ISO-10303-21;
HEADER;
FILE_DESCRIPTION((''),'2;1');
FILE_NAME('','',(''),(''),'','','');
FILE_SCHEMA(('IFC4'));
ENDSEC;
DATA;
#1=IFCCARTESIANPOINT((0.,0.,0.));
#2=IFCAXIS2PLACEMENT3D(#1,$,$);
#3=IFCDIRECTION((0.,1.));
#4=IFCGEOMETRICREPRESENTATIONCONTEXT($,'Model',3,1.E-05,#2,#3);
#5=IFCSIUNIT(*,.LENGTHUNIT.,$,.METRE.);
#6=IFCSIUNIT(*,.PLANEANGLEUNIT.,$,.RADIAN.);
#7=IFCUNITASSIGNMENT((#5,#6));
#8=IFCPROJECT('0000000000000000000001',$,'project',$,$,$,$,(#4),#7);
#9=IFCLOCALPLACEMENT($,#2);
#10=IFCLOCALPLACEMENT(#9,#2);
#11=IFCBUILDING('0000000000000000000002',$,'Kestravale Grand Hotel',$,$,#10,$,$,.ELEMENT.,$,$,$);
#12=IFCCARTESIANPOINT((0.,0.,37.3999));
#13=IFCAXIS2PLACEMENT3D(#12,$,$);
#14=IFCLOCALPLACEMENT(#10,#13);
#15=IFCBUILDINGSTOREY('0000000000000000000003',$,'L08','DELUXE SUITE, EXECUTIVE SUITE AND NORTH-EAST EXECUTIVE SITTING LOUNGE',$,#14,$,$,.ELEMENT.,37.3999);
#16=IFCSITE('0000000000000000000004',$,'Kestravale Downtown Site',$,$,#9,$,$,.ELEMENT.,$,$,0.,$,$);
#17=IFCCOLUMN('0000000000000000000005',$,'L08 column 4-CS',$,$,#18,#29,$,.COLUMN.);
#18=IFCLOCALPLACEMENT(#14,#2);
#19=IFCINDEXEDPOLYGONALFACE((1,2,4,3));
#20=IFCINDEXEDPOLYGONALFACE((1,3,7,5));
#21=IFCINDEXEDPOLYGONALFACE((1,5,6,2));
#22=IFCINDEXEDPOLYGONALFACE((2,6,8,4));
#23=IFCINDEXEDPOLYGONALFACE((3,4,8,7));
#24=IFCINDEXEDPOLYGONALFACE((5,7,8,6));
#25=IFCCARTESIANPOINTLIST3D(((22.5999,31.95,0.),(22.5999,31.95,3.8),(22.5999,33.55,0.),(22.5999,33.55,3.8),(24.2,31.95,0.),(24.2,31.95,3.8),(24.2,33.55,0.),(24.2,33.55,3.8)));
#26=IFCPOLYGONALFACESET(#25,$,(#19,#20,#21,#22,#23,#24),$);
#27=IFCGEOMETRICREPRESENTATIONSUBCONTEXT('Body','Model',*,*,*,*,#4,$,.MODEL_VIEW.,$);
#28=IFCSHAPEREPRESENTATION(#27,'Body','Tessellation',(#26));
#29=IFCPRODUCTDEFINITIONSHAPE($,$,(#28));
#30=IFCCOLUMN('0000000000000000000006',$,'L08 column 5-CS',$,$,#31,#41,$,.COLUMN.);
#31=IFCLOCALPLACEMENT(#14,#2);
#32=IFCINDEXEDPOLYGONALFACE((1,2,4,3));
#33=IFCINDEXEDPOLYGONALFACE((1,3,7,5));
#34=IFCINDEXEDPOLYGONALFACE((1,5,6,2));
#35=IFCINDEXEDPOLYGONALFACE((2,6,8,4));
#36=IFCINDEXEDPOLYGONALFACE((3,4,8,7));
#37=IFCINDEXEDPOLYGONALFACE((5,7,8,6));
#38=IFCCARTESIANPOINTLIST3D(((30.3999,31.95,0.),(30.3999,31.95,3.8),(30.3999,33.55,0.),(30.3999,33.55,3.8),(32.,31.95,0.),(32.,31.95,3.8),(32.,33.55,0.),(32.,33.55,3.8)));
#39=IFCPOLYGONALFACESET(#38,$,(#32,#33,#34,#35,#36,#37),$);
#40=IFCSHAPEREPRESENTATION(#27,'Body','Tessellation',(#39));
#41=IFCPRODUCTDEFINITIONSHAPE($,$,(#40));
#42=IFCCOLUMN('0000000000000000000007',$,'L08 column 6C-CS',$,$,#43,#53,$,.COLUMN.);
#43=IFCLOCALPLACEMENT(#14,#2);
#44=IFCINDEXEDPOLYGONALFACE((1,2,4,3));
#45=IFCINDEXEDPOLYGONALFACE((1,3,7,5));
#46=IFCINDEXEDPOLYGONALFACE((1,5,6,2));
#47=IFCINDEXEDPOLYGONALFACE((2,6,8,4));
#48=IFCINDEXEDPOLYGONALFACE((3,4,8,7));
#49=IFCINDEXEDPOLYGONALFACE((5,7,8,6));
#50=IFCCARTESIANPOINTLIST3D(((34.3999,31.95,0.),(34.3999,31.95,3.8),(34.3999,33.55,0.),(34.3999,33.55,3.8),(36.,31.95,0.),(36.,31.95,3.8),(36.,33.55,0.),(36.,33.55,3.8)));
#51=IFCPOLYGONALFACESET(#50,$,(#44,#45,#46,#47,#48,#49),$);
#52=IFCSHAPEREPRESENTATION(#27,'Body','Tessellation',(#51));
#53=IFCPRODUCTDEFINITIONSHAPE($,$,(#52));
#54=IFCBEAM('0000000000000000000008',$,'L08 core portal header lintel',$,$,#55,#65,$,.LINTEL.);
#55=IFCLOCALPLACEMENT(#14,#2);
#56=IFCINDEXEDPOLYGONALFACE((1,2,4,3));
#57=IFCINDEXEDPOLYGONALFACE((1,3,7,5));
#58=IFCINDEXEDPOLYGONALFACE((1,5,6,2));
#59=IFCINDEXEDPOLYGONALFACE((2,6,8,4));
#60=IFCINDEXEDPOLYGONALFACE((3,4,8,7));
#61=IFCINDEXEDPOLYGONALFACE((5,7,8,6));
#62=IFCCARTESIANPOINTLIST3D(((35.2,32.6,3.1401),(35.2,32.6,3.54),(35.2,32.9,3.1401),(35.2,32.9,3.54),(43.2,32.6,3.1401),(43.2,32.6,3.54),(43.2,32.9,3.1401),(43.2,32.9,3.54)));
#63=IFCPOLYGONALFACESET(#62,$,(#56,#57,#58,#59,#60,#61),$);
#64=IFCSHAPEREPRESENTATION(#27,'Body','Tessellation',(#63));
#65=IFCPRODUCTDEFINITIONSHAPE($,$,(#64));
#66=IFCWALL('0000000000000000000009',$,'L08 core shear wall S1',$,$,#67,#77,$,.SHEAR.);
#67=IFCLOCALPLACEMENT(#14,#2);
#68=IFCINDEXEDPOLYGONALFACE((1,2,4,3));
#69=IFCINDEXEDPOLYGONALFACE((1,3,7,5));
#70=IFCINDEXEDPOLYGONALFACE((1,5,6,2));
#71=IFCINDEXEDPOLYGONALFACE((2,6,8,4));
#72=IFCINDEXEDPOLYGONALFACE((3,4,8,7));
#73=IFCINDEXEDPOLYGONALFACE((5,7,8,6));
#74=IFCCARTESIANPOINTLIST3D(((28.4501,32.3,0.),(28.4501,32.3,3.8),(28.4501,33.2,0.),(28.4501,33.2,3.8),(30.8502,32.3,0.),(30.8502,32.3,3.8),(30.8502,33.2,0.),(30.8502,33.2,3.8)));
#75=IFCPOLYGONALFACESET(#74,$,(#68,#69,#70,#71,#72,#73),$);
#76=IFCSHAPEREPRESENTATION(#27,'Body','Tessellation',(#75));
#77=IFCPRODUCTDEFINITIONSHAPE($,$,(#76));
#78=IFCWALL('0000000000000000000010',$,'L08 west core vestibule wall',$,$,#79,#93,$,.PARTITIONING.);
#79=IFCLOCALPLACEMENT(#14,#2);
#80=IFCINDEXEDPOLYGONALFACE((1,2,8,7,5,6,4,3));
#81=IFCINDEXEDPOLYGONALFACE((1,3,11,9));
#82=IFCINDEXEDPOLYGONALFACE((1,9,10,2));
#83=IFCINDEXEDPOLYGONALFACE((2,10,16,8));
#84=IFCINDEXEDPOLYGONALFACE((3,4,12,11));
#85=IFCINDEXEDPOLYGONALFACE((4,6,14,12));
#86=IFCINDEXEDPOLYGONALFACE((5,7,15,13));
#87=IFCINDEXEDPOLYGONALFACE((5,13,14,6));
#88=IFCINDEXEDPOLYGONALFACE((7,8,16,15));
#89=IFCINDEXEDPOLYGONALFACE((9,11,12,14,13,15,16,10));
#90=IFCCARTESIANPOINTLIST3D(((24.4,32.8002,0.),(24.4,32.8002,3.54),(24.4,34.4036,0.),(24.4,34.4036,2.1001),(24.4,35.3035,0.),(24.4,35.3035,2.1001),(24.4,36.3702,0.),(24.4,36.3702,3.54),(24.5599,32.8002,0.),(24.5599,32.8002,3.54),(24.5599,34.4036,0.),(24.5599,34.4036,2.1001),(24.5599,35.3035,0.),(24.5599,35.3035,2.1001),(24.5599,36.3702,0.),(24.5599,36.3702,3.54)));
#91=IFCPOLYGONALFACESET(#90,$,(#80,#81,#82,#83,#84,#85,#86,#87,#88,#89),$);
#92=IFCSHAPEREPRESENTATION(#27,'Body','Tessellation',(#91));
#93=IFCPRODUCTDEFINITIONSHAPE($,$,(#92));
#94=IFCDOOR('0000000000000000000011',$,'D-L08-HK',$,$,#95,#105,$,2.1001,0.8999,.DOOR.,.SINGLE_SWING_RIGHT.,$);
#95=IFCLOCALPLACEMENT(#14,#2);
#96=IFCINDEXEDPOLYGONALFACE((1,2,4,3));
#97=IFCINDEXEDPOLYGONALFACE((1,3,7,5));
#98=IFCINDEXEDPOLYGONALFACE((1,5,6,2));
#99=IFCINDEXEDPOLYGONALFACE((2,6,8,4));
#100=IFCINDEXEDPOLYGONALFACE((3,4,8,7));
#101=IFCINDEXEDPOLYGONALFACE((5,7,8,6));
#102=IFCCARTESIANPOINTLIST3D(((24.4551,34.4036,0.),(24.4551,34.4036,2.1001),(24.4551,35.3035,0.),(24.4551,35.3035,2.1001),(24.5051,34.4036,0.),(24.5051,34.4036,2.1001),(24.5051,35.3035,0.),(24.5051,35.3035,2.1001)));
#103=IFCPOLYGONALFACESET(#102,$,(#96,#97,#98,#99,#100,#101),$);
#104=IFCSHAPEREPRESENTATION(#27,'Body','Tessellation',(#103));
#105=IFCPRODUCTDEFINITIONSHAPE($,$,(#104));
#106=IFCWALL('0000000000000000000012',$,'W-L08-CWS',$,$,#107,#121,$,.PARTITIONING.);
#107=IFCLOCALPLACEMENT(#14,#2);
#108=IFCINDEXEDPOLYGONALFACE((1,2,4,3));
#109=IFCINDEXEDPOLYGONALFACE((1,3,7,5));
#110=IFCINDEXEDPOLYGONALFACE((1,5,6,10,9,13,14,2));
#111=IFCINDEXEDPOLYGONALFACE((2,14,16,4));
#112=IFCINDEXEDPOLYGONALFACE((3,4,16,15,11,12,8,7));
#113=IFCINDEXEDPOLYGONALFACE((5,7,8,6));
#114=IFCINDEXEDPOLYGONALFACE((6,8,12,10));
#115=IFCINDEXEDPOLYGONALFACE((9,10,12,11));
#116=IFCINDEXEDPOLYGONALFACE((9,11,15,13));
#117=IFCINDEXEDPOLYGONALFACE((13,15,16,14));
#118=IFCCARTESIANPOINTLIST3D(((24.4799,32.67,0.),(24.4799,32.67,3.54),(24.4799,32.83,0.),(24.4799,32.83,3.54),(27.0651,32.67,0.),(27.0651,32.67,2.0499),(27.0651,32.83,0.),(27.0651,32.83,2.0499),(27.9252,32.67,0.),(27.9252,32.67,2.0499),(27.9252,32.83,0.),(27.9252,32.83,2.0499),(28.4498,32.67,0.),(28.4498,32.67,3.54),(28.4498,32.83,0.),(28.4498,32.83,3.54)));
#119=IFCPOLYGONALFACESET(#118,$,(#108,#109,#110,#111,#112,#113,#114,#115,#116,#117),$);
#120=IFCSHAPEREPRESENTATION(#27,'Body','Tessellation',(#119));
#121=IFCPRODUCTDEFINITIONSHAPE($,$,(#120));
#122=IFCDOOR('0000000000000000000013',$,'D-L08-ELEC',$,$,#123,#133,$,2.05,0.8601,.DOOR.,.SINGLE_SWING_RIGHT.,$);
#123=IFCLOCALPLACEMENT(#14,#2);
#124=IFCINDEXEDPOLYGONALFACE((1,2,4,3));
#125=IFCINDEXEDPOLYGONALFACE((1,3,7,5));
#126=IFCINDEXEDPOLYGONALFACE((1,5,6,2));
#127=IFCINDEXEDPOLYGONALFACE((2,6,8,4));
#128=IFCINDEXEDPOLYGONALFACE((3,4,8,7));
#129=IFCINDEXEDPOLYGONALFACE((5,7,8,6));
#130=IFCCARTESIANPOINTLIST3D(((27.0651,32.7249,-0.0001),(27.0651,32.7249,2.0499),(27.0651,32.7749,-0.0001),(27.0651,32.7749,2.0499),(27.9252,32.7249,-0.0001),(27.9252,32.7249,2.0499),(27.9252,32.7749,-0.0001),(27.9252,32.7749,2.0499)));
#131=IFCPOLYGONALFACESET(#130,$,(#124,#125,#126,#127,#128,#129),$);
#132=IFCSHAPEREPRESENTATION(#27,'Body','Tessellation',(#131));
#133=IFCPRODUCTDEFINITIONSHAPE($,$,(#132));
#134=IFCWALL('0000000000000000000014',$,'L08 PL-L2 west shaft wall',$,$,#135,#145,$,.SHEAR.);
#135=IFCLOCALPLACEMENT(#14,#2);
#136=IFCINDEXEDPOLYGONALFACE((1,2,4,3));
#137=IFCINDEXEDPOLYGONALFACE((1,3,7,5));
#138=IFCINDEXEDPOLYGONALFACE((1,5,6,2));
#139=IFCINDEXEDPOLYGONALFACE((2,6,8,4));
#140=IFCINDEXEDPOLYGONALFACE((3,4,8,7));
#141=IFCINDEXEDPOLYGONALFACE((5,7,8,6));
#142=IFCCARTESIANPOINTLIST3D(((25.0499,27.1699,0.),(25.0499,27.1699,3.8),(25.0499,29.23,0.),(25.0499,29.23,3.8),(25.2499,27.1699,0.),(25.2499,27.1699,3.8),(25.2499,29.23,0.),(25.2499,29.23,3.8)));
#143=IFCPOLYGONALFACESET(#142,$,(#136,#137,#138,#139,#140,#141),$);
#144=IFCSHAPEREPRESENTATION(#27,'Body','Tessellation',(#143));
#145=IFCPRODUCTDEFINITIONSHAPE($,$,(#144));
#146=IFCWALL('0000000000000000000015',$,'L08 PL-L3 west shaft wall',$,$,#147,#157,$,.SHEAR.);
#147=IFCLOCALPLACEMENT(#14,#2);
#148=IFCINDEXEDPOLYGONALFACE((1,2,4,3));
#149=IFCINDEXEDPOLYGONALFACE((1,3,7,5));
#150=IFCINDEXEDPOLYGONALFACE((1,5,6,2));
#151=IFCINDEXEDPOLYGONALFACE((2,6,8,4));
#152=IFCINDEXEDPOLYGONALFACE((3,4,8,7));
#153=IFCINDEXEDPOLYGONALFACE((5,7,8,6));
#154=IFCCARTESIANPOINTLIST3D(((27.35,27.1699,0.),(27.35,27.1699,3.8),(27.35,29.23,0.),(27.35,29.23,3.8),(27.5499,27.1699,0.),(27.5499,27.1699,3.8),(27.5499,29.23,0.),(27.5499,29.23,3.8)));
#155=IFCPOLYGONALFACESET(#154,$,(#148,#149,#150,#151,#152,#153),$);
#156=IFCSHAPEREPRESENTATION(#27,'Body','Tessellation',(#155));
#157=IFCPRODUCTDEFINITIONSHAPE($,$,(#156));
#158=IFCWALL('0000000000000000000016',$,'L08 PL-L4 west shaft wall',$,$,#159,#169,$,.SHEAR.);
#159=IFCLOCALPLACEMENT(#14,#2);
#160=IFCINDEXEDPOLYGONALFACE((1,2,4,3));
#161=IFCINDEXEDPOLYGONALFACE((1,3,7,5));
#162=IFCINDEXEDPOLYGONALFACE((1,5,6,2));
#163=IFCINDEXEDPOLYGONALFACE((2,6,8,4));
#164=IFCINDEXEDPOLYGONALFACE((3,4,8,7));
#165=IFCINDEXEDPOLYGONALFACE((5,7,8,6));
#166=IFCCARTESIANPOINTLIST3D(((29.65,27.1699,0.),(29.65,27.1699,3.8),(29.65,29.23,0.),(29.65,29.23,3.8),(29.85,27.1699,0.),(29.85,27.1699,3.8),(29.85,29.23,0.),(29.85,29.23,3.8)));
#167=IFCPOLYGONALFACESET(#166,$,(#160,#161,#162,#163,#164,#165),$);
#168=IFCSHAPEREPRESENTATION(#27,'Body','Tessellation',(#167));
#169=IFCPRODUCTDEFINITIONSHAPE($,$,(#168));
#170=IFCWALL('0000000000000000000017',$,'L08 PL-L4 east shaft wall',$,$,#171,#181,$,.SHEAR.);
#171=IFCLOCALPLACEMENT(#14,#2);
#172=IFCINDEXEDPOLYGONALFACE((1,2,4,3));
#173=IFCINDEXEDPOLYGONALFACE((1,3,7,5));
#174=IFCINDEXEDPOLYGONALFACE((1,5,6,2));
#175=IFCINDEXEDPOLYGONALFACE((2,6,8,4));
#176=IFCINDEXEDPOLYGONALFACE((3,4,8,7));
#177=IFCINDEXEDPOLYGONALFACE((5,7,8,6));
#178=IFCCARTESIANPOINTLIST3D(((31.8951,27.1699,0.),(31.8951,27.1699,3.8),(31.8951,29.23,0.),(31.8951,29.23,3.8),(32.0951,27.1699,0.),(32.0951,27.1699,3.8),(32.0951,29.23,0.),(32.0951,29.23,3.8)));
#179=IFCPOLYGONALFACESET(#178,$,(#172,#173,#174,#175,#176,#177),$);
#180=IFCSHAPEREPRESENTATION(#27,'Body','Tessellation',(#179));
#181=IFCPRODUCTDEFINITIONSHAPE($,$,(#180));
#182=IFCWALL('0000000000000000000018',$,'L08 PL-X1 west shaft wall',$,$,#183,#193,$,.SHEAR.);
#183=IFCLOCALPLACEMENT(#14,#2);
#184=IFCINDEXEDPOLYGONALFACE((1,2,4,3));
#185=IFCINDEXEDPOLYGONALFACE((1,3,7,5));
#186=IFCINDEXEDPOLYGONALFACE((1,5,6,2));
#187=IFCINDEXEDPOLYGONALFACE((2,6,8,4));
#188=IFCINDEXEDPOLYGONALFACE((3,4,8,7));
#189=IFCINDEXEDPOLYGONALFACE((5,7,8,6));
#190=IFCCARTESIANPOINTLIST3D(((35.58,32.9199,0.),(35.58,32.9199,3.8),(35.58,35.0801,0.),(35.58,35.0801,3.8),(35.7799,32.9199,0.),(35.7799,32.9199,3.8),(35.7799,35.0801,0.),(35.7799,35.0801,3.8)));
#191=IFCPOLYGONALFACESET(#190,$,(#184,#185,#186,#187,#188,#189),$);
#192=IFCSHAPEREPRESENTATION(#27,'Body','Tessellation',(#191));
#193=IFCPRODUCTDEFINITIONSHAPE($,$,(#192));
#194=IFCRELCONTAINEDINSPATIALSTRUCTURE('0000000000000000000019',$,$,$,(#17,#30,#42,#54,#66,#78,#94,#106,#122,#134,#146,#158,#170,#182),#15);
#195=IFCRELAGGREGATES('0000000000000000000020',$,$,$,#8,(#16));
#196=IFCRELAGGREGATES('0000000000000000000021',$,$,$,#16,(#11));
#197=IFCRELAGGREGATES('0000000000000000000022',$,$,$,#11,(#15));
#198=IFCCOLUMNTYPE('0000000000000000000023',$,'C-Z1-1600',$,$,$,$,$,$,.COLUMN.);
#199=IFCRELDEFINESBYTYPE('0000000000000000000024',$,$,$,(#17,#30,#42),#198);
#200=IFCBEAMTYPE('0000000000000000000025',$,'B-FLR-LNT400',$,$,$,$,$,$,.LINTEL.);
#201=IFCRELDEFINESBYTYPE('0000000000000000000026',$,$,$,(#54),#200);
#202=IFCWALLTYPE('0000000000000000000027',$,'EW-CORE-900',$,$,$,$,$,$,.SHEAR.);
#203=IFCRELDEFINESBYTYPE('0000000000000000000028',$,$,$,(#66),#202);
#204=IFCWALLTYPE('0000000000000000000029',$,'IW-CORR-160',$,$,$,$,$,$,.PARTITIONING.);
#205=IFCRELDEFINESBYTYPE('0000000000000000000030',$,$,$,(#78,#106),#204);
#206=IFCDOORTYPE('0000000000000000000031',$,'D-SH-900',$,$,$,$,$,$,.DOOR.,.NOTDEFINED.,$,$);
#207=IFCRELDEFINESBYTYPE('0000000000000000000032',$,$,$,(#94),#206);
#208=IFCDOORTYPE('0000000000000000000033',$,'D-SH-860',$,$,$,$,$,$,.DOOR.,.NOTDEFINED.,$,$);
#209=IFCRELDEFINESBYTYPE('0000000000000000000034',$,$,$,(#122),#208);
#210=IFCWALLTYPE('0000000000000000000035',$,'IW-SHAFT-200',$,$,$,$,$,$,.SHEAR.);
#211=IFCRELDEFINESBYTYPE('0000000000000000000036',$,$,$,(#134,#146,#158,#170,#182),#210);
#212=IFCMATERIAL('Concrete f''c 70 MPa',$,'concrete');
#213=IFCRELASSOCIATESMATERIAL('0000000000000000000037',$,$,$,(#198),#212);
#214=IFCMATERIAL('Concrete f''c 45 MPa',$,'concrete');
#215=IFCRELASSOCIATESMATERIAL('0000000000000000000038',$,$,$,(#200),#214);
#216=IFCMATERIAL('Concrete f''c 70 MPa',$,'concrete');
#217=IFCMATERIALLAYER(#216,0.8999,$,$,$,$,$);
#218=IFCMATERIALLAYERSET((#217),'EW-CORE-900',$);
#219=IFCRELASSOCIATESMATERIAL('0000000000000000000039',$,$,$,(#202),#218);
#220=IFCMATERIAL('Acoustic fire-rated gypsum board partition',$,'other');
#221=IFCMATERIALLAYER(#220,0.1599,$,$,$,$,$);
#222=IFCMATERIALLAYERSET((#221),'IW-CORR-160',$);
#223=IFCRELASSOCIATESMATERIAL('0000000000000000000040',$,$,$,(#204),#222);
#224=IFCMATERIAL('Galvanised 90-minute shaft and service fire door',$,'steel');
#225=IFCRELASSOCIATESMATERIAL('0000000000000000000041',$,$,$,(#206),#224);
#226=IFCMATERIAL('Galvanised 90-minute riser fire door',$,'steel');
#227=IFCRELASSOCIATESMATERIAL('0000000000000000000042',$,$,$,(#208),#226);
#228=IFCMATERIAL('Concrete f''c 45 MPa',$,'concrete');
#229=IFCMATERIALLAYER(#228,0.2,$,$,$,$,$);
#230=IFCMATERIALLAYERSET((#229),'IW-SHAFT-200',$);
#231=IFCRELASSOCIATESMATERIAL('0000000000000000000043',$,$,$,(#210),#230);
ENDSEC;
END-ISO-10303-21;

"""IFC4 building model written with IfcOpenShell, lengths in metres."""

from ifc_helpers import new_model, si_unit, direction, frame, frame_2d, origin, origin_2d, place, context, subcontext, project, spatial, rectangle, extrude, material, layer, layer_set, material_profile, profile_set, type_object, element, fill, save


model = new_model("IFC4")

# Units and contexts
model_context = context("Model", 3, precision=1e-05, world=origin(), true_north=direction((0.0, 1.0)))
body_context = subcontext(model_context, "Body", "Model", "MODEL_VIEW")
ifc_project = project(units=[si_unit("LENGTHUNIT", "METRE"), si_unit("PLANEANGLEUNIT", "RADIAN")], contexts=[model_context])

# Site, building, storey
site_placement = place(None, origin())
site = spatial("IfcSite", under=ifc_project, at=site_placement, Name="Kestravale Downtown Site", CompositionType="ELEMENT", RefElevation=0.0)
building_placement = place(site_placement, origin())
building = spatial("IfcBuilding", under=site, at=building_placement, Name="Kestravale Grand Hotel", CompositionType="ELEMENT")
storey_placement = place(building_placement, frame((0.0, 0.0, 37.3999)))
storey = spatial("IfcBuildingStorey", under=building, at=storey_placement, Name="L08", Description="DELUXE SUITE, EXECUTIVE SUITE AND NORTH-EAST EXECUTIVE SITTING LOUNGE", CompositionType="ELEMENT", Elevation=37.3999)

# Columns
ifc_material_1 = material(Name="Concrete f'c 70 MPa", Category="concrete")
ifc_material_profile_1 = material_profile(ifc_material_1, rectangle(XDim=1.6001, YDim=1.6001, at=origin_2d()))
ifc_profile_set_1 = profile_set([ifc_material_profile_1], Name="Concrete f'c 70 MPa")
column_type = type_object("IfcColumnType", Name="C-Z1-1600", PredefinedType="COLUMN", material=ifc_profile_set_1)
for number, where, z_axis, x_axis, name in (
    (1, (23.3999, 32.75, 0.0), (0.0, 0.0, 1.0), (1.0, 0.0, 0.0), "L08 column 4-CS"),
    (2, (31.2, 32.75, 0.0), (0.0, 0.0, 1.0), (1.0, 0.0, 0.0), "L08 column 5-CS"),
    (3, (35.2, 32.75, 0.0), (0.0, 0.0, 1.0), (1.0, 0.0, 0.0), "L08 column 6C-CS"),
):
    element("IfcColumn", number, at=place(storey_placement, frame(where, z_axis=z_axis, x_axis=x_axis)), inside=storey, type_object=column_type, Name=name, PredefinedType="COLUMN", context=body_context, shape_type="SweptSolid", body=[
        extrude(rectangle(XDim=1.6001, YDim=1.6001, at=origin_2d()), origin(), (0.0, 0.0, 1.0), 3.8),
    ])

# Beam
ifc_material_2 = material(Name="Concrete f'c 45 MPa", Category="concrete")
ifc_material_profile_2 = material_profile(ifc_material_2, rectangle(XDim=0.3, YDim=0.3999, at=origin_2d()))
ifc_profile_set_2 = profile_set([ifc_material_profile_2], Name="Concrete f'c 45 MPa")
beam_type = type_object("IfcBeamType", Name="B-FLR-LNT400", PredefinedType="LINTEL", material=ifc_profile_set_2)
beam_placement = place(storey_placement, frame((35.2, 32.75, 3.3401), z_axis=(1.0, 0.0, 0.0), x_axis=(0.0, 1.0, 0.0)))
element("IfcBeam", 4, at=beam_placement, inside=storey, type_object=beam_type, Name="L08 core portal header lintel", PredefinedType="LINTEL", context=body_context, shape_type="SweptSolid", body=[
    extrude(rectangle(XDim=0.3, YDim=0.3999, at=origin_2d()), origin(), (0.0, 0.0, 1.0), 8.0),
])

# Wall
ifc_material_3 = material(Name="Concrete f'c 70 MPa", Category="concrete")
ifc_layer_1 = layer(ifc_material_3, 0.8999)
ifc_layer_set_1 = layer_set([ifc_layer_1], Name="EW-CORE-900")
wall_type_1 = type_object("IfcWallType", Name="EW-CORE-900", PredefinedType="SHEAR", material=ifc_layer_set_1)
wall_1_placement = place(storey_placement, frame((28.45, 32.75, 0.0), z_axis=(0.0, 0.0, 1.0), x_axis=(1.0, 0.0, 0.0)))
element("IfcWall", 5, at=wall_1_placement, inside=storey, type_object=wall_type_1, Name="L08 core shear wall S1", PredefinedType="SHEAR", context=body_context, shape_type="SweptSolid", body=[
    extrude(rectangle(XDim=2.4001, YDim=0.8999, at=frame_2d((1.2002, 0.0))), origin(), (0.0, 0.0, 1.0), 3.8),
])

# Walls, openings, doors
ifc_material_4 = material(Name="Acoustic fire-rated gypsum board partition", Category="other")
ifc_layer_2 = layer(ifc_material_4, 0.1599)
ifc_layer_set_2 = layer_set([ifc_layer_2], Name="IW-CORR-160")
wall_type_2 = type_object("IfcWallType", Name="IW-CORR-160", PredefinedType="PARTITIONING", material=ifc_layer_set_2)
wall_2_placement = place(storey_placement, frame((24.48, 32.8, 0.0), z_axis=(0.0, 0.0, 1.0), x_axis=(0.0, 1.0, 0.0)))
wall_2 = element("IfcWall", 6, at=wall_2_placement, inside=storey, type_object=wall_type_2, Name="L08 west core vestibule wall", PredefinedType="PARTITIONING", context=body_context, shape_type="SweptSolid", body=[
    extrude(rectangle(XDim=3.5701, YDim=0.1599, at=frame_2d((1.7852, 0.0))), origin(), (0.0, 0.0, 1.0), 3.54),
])
opening_1_placement = place(wall_2_placement, frame((1.6035, 0.0, 0.0)))
opening_1 = element("IfcOpeningElement", 7, at=opening_1_placement, cuts=wall_2, PredefinedType="OPENING", context=body_context, shape_type="SweptSolid", body=[
    extrude(rectangle(XDim=0.8999, YDim=2.1001, at=frame_2d((0.45, 1.05))), frame((0.0, 0.0898, 0.0), z_axis=(0.0, -1.0, 0.0), x_axis=(1.0, 0.0, 0.0)), (0.0, 0.0, 1.0), 0.1799),
])
ifc_material_5 = material(Name="Galvanised 90-minute shaft and service fire door", Category="steel")
door_type_1 = type_object("IfcDoorType", Name="D-SH-900", OperationType="NOTDEFINED", PredefinedType="DOOR", material=ifc_material_5)
door_1_placement = place(opening_1_placement, origin())
door_1 = element("IfcDoor", 8, at=door_1_placement, inside=storey, type_object=door_type_1, Name="D-L08-HK", OperationType="SINGLE_SWING_RIGHT", OverallHeight=2.1001, OverallWidth=0.8999, PredefinedType="DOOR", context=body_context, shape_type="SweptSolid", body=[
    extrude(rectangle(XDim=0.8999, YDim=2.1001, at=frame_2d((0.45, 1.05))), frame((0.0, 0.0249, 0.0), z_axis=(0.0, -1.0, 0.0), x_axis=(1.0, 0.0, 0.0)), (0.0, 0.0, 1.0), 0.05),
])
fill(opening_1, door_1)
wall_3_placement = place(storey_placement, frame((24.48, 32.75, 0.0), z_axis=(0.0, 0.0, 1.0), x_axis=(1.0, 0.0, 0.0)))
wall_3 = element("IfcWall", 9, at=wall_3_placement, inside=storey, type_object=wall_type_2, Name="W-L08-CWS", PredefinedType="PARTITIONING", context=body_context, shape_type="SweptSolid", body=[
    extrude(rectangle(XDim=3.97, YDim=0.1599, at=frame_2d((1.9849, 0.0))), origin(), (0.0, 0.0, 1.0), 3.54),
])
opening_2_placement = place(wall_3_placement, frame((2.585, 0.0, 0.0)))
opening_2 = element("IfcOpeningElement", 10, at=opening_2_placement, cuts=wall_3, PredefinedType="OPENING", context=body_context, shape_type="SweptSolid", body=[
    extrude(rectangle(XDim=0.8601, YDim=2.05, at=frame_2d((0.4302, 1.0249))), frame((0.0, 0.0898, 0.0), z_axis=(0.0, -1.0, 0.0), x_axis=(1.0, 0.0, 0.0)), (0.0, 0.0, 1.0), 0.1799),
])
ifc_material_6 = material(Name="Galvanised 90-minute riser fire door", Category="steel")
door_type_2 = type_object("IfcDoorType", Name="D-SH-860", OperationType="NOTDEFINED", PredefinedType="DOOR", material=ifc_material_6)
door_2_placement = place(opening_2_placement, origin())
door_2 = element("IfcDoor", 11, at=door_2_placement, inside=storey, type_object=door_type_2, Name="D-L08-ELEC", OperationType="SINGLE_SWING_RIGHT", OverallHeight=2.05, OverallWidth=0.8601, PredefinedType="DOOR", context=body_context, shape_type="SweptSolid", body=[
    extrude(rectangle(XDim=0.8601, YDim=2.05, at=frame_2d((0.4302, 1.0249))), frame((0.0, 0.0249, 0.0), z_axis=(0.0, -1.0, 0.0), x_axis=(1.0, 0.0, 0.0)), (0.0, 0.0, 1.0), 0.05),
])
fill(opening_2, door_2)

# Walls
ifc_material_7 = material(Name="Concrete f'c 45 MPa", Category="concrete")
ifc_layer_3 = layer(ifc_material_7, 0.2)
ifc_layer_set_3 = layer_set([ifc_layer_3], Name="IW-SHAFT-200")
wall_type_3 = type_object("IfcWallType", Name="IW-SHAFT-200", PredefinedType="SHEAR", material=ifc_layer_set_3)
for number, where, z_axis, x_axis, name in (
    (12, (25.1499, 27.1699, 0.0), (0.0, 0.0, 1.0), (0.0, 1.0, 0.0), "L08 PL-L2 west shaft wall"),
    (13, (27.45, 27.1699, 0.0), (0.0, 0.0, 1.0), (0.0, 1.0, 0.0), "L08 PL-L3 west shaft wall"),
    (14, (29.75, 27.1699, 0.0), (0.0, 0.0, 1.0), (0.0, 1.0, 0.0), "L08 PL-L4 west shaft wall"),
    (15, (31.9951, 27.1699, 0.0), (0.0, 0.0, 1.0), (0.0, 1.0, 0.0), "L08 PL-L4 east shaft wall"),
):
    element("IfcWall", number, at=place(storey_placement, frame(where, z_axis=z_axis, x_axis=x_axis)), inside=storey, type_object=wall_type_3, Name=name, PredefinedType="SHEAR", context=body_context, shape_type="SweptSolid", body=[
        extrude(rectangle(XDim=2.0601, YDim=0.2, at=frame_2d((1.03, 0.0))), origin(), (0.0, 0.0, 1.0), 3.8),
    ])
wall_4_placement = place(storey_placement, frame((35.6799, 32.9199, 0.0), z_axis=(0.0, 0.0, 1.0), x_axis=(0.0, 1.0, 0.0)))
element("IfcWall", 16, at=wall_4_placement, inside=storey, type_object=wall_type_3, Name="L08 PL-X1 west shaft wall", PredefinedType="SHEAR", context=body_context, shape_type="SweptSolid", body=[
    extrude(rectangle(XDim=2.1602, YDim=0.2, at=frame_2d((1.0801, 0.0))), origin(), (0.0, 0.0, 1.0), 3.8),
])

save(model, "model.ifc")
